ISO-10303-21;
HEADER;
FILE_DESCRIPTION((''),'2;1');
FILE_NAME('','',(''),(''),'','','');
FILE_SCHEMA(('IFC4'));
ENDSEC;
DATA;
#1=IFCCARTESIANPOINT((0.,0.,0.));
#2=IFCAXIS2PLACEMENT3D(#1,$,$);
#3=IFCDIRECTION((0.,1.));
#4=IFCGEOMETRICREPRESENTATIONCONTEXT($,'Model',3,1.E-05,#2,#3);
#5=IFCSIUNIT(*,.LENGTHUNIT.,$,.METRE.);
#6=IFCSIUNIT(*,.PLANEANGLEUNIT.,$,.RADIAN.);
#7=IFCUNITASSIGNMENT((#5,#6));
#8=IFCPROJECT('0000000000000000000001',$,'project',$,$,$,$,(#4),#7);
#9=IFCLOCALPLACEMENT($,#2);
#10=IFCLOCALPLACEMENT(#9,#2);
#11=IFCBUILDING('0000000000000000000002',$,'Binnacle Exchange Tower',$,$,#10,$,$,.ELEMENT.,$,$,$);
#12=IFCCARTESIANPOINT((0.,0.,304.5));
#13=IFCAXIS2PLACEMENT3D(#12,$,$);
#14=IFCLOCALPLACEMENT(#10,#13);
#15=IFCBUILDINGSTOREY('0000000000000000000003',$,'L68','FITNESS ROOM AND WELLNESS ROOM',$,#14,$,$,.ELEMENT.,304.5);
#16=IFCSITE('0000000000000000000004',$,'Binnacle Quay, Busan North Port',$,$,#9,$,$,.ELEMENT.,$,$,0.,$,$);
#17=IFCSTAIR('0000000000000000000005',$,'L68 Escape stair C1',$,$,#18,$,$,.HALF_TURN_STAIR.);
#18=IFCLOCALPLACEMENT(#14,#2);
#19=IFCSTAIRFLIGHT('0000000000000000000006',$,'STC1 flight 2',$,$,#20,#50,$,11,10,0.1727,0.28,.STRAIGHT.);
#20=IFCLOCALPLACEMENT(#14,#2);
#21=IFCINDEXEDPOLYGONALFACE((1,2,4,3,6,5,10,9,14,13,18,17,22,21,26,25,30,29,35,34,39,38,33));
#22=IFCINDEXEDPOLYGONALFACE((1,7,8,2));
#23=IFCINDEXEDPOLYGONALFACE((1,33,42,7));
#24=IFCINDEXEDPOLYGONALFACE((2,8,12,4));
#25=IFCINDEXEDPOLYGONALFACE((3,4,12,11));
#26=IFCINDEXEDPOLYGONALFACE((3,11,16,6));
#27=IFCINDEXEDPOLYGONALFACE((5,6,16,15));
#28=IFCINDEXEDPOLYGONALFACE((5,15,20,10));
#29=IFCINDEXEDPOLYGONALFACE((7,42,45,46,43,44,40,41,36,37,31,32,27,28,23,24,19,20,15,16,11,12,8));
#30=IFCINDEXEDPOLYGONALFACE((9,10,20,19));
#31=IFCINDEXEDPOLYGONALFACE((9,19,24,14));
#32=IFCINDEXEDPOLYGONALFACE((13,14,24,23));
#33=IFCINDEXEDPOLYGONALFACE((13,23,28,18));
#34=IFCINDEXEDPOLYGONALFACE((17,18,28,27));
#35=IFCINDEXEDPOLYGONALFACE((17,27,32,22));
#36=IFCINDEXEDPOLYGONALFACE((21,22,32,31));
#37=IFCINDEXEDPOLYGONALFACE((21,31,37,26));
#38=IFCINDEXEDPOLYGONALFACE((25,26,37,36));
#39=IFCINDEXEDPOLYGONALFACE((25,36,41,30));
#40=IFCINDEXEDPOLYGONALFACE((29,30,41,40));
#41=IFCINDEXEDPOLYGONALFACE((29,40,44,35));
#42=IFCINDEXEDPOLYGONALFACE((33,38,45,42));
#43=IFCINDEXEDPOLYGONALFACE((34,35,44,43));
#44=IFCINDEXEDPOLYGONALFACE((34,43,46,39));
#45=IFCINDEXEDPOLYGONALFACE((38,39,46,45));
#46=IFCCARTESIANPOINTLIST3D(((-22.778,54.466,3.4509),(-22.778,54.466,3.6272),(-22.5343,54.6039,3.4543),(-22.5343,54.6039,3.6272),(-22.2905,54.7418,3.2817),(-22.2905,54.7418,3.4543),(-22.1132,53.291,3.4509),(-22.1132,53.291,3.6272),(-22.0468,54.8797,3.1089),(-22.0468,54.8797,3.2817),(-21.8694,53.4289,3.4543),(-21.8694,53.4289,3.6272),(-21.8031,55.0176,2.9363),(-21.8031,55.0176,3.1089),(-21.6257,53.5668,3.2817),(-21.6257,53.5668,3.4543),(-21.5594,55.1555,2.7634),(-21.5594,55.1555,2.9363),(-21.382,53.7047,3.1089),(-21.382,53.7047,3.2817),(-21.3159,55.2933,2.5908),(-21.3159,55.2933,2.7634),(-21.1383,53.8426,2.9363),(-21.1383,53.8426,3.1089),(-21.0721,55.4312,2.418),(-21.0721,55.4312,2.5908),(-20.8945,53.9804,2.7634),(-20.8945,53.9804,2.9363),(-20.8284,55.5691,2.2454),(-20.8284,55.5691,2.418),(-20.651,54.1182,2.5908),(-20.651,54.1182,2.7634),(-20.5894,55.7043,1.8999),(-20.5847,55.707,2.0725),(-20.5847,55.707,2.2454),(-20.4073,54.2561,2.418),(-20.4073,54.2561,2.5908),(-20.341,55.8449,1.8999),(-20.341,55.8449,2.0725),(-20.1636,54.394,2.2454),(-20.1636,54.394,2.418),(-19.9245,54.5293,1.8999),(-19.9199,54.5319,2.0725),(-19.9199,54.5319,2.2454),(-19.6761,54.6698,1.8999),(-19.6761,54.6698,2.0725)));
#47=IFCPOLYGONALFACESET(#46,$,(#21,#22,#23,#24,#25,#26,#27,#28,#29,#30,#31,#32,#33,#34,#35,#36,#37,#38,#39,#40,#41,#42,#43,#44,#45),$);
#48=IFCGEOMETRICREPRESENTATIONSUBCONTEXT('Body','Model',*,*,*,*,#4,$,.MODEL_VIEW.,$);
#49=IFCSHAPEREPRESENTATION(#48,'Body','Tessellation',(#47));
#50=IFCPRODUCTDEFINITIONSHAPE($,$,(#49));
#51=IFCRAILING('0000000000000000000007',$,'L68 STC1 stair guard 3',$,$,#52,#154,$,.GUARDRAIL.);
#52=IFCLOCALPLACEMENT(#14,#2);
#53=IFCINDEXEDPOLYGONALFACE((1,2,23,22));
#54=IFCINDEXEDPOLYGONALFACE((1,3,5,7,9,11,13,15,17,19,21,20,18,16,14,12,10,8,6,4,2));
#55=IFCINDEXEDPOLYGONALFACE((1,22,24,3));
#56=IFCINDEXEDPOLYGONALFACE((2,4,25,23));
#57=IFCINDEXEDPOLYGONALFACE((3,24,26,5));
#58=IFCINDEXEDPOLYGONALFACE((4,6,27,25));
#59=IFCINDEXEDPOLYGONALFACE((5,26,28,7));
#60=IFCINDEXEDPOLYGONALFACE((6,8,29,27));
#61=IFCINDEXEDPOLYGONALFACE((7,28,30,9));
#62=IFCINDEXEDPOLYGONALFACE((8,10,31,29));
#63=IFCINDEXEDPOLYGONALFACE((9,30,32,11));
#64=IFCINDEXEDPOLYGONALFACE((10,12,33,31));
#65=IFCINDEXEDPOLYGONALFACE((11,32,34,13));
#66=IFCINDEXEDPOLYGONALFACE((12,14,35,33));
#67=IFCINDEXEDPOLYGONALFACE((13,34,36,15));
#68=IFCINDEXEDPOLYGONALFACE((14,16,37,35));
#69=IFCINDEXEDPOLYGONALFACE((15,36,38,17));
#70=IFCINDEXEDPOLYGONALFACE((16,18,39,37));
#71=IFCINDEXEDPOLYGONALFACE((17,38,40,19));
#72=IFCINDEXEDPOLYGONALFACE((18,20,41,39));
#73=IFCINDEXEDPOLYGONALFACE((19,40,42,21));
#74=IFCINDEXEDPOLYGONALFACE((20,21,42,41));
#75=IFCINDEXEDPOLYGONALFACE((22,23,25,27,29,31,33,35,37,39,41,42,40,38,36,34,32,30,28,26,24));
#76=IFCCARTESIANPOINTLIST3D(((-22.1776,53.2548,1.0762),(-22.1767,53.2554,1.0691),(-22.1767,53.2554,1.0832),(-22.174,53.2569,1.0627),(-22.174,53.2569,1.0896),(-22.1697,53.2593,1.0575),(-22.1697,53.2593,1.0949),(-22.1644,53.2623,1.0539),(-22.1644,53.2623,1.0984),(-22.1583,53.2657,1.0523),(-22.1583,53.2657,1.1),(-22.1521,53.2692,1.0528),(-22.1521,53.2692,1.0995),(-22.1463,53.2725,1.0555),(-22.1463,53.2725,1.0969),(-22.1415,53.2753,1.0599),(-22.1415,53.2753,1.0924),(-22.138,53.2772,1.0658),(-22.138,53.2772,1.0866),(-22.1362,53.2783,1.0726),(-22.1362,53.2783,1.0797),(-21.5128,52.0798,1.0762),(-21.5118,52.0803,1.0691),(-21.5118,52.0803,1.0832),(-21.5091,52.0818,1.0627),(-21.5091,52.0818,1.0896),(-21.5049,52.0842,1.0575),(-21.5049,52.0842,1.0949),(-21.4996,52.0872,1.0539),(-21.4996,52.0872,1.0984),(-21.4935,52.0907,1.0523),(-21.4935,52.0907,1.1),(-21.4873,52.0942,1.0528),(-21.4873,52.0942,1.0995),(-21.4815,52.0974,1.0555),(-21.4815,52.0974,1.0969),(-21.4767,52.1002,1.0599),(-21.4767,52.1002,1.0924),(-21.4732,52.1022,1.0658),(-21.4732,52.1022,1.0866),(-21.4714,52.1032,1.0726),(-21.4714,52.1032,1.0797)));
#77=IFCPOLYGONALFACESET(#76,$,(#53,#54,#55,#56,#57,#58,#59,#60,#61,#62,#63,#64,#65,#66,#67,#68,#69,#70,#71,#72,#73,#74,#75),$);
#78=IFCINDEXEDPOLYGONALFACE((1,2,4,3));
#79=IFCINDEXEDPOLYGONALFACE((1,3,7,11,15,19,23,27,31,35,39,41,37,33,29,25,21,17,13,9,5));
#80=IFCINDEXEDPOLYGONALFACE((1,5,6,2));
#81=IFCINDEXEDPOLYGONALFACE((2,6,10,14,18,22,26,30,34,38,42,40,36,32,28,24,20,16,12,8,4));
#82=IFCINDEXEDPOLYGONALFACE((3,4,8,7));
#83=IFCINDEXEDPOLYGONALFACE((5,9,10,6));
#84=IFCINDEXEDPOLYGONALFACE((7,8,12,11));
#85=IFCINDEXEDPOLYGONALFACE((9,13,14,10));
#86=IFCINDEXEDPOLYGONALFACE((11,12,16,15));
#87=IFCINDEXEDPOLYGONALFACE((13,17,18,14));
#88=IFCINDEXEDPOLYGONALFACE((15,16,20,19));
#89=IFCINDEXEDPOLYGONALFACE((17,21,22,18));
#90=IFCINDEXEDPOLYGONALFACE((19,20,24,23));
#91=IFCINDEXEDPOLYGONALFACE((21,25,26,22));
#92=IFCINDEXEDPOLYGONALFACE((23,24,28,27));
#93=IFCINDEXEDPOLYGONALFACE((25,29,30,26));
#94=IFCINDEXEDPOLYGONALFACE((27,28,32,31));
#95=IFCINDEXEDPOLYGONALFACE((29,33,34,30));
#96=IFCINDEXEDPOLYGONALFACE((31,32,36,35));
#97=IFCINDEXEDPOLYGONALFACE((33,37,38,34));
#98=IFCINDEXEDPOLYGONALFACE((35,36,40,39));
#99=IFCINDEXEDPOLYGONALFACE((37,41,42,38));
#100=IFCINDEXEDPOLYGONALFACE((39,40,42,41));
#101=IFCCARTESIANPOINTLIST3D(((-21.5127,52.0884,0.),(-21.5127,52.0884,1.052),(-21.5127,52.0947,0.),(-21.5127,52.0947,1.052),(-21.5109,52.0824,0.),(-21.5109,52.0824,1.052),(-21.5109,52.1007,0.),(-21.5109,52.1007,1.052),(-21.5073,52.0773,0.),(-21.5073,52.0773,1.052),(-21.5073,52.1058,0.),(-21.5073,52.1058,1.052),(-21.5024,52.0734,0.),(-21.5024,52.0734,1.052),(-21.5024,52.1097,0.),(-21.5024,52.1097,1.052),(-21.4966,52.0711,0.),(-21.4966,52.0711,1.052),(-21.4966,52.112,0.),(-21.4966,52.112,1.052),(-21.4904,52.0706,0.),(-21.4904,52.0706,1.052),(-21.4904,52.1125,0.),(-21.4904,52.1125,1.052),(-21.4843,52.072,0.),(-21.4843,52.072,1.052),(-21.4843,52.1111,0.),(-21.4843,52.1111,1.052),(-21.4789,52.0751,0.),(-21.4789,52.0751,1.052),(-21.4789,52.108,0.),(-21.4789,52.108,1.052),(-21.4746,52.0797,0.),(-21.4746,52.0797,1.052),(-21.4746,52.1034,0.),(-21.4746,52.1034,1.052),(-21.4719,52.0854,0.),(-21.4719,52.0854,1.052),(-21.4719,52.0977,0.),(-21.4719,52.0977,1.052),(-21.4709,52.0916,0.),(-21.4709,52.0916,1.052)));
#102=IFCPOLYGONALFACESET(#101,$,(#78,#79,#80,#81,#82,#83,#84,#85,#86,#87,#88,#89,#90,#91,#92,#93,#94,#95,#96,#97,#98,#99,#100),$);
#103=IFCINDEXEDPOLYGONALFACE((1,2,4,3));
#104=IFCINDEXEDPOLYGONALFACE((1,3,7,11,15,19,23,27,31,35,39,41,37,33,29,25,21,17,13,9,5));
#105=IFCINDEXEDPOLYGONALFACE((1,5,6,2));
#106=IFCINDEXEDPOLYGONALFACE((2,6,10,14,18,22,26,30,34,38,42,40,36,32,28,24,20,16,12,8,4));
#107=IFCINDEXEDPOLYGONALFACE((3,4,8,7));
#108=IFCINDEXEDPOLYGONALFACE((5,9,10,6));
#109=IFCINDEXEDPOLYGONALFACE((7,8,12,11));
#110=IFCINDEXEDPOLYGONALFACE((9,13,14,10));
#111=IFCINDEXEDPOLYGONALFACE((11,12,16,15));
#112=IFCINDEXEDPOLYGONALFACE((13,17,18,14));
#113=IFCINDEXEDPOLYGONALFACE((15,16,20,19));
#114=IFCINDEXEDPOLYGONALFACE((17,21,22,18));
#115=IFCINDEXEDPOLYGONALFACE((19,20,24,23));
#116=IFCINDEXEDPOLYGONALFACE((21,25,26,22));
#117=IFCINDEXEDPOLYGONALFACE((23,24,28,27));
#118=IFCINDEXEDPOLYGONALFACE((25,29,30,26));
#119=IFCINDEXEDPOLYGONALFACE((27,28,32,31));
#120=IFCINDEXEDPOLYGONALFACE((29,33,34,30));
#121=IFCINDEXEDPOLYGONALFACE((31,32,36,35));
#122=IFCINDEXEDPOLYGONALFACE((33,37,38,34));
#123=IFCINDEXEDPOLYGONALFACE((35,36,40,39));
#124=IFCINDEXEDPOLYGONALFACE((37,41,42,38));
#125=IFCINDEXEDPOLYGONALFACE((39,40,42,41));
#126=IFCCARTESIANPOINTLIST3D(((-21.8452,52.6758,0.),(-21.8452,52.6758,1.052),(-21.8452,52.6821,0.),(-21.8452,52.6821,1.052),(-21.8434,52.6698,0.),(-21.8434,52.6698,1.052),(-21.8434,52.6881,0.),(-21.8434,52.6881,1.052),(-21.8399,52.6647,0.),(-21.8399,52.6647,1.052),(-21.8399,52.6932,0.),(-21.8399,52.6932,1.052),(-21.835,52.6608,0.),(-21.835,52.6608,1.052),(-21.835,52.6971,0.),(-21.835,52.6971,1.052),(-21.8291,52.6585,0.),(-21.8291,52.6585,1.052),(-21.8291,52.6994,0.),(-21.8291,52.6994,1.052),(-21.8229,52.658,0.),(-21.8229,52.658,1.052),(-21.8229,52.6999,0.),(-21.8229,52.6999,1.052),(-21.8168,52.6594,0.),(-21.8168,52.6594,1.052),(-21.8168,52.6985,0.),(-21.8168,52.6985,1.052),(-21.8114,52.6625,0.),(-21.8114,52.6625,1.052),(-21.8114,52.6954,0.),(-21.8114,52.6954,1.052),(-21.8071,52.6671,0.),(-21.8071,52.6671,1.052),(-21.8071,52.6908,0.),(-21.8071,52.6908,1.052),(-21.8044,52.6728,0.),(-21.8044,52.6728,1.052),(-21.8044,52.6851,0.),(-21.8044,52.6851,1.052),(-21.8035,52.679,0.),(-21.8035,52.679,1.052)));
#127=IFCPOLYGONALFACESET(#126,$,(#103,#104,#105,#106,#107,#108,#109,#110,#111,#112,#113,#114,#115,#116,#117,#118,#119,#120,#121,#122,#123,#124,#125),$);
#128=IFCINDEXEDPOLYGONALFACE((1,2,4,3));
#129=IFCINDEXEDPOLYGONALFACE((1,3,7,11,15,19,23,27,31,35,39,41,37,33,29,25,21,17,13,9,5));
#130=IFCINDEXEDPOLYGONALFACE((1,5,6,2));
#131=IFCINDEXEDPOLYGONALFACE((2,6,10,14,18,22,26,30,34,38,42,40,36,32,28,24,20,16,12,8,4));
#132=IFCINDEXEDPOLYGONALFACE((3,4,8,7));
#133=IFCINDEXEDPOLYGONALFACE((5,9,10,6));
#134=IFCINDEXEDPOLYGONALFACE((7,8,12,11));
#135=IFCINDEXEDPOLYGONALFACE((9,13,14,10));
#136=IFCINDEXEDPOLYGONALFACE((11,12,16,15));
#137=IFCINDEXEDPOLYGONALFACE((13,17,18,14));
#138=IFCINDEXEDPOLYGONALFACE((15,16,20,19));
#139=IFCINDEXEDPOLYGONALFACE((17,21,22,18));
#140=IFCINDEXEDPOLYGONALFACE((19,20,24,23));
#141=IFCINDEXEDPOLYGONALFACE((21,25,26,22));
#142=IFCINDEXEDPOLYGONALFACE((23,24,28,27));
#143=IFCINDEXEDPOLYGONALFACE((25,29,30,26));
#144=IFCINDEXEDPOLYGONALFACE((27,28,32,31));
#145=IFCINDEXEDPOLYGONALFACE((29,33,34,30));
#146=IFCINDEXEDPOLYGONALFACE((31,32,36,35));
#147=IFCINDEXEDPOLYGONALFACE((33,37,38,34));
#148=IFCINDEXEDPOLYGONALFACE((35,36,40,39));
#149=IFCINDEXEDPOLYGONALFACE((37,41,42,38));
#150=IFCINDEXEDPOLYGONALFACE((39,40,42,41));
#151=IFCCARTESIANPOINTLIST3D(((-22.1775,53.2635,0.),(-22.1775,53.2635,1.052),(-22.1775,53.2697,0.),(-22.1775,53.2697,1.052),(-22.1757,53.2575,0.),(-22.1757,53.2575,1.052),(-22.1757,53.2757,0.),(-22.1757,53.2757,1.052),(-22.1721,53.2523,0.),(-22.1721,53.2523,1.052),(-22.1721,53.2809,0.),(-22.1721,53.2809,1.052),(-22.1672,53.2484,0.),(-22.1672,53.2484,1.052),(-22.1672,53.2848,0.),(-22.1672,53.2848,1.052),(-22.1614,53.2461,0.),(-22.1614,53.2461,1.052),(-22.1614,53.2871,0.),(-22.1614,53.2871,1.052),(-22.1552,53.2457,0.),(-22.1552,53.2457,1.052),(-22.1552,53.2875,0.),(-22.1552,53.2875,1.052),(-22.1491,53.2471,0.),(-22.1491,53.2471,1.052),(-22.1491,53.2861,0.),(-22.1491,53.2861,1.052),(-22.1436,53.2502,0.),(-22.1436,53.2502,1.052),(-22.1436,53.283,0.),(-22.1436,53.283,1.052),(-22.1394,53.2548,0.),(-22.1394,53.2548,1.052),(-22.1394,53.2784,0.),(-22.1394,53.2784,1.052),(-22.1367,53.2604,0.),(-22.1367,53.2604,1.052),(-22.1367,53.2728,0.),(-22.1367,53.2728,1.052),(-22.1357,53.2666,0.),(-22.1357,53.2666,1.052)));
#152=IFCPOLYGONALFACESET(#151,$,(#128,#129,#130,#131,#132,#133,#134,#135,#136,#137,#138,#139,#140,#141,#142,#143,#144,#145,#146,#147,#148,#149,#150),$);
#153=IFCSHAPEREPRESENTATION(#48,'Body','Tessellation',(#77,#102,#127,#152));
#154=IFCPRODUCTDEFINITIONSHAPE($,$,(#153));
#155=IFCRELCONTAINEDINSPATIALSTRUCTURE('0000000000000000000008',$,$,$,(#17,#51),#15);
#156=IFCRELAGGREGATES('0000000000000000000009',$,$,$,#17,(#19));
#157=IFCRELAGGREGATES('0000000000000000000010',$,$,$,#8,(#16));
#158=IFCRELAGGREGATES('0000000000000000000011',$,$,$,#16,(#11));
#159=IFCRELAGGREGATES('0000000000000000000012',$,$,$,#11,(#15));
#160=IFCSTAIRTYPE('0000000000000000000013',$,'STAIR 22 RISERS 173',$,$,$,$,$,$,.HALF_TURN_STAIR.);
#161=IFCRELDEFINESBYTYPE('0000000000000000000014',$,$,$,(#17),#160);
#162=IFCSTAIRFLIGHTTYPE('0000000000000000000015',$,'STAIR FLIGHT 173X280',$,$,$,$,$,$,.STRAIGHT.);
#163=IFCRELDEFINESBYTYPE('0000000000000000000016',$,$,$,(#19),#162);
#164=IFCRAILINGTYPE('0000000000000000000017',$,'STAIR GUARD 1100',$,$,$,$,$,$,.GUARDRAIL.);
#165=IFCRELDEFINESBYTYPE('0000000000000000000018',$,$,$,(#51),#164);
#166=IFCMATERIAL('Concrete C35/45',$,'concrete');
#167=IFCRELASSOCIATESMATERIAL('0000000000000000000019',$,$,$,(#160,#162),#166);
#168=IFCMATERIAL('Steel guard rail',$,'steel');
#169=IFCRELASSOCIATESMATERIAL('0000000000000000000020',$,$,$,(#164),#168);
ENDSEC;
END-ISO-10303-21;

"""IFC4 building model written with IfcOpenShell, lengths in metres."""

from ifc_helpers import new_model, si_unit, direction, frame, origin, origin_2d, place, context, subcontext, project, spatial, polyline, circle, outline, extrude, material, type_object, element, aggregate, save


model = new_model("IFC4")

# Units and contexts
model_context = context("Model", 3, precision=1e-05, world=origin(), true_north=direction((0.0, 1.0)))
body_context = subcontext(model_context, "Body", "Model", "MODEL_VIEW")
ifc_project = project(units=[si_unit("LENGTHUNIT", "METRE"), si_unit("PLANEANGLEUNIT", "RADIAN")], contexts=[model_context])

# Site, building, storey
site_placement = place(None, origin())
site = spatial("IfcSite", under=ifc_project, at=site_placement, Name="Binnacle Quay, Busan North Port", CompositionType="ELEMENT", RefElevation=0.0)
building_placement = place(site_placement, origin())
building = spatial("IfcBuilding", under=site, at=building_placement, Name="Binnacle Exchange Tower", CompositionType="ELEMENT")
storey_placement = place(building_placement, frame((0.0, 0.0, 304.5)))
storey = spatial("IfcBuildingStorey", under=building, at=storey_placement, Name="L68", Description="FITNESS ROOM AND WELLNESS ROOM", CompositionType="ELEMENT", Elevation=304.5)

# Stair, stair flight
ifc_material_1 = material(Name="Concrete C35/45", Category="concrete")
stair_type = type_object("IfcStairType", Name="STAIR 22 RISERS 173", PredefinedType="HALF_TURN_STAIR", material=ifc_material_1)
stair_placement = place(storey_placement, origin())
stair = element("IfcStair", 1, at=stair_placement, inside=storey, type_object=stair_type, Name="L68 Escape stair C1", PredefinedType="HALF_TURN_STAIR")
stair_flight_type = type_object("IfcStairFlightType", Name="STAIR FLIGHT 173X280", PredefinedType="STRAIGHT", material=ifc_material_1)
stair_flight_1_placement = place(storey_placement, frame((-20.0085, 55.2573, 1.8999), z_axis=(0.0, 0.0, 1.0), x_axis=(-0.870356, -0.492424, 0.0)))
stair_flight_1 = element("IfcStairFlight", 2, at=stair_flight_1_placement, type_object=stair_flight_type, Name="STC1 flight 2", NumberOfRisers=11, NumberOfTreads=10, PredefinedType="STRAIGHT", RiserHeight=0.1727, TreadLength=0.28, context=body_context, shape_type="SweptSolid", body=[
    extrude(outline(polyline([(0.0, 0.0), (0.0, 0.1726), (0.28, 0.1726), (0.28, 0.3455), (0.5601, 0.3455), (0.5601, 0.5181), (0.8401, 0.5181), (0.8401, 0.6909), (1.1201, 0.6909), (1.1201, 0.8635), (1.3999, 0.8635), (1.3999, 1.0364), (1.6799, 1.0364), (1.6799, 1.209), (1.96, 1.209), (1.96, 1.3818), (2.24, 1.3818), (2.24, 1.5544), (2.52, 1.5544), (2.52, 1.7273), (2.8, 1.7273), (2.8, 1.8999), (2.8, 1.551), (0.2854, 0.0), (0.0, 0.0)])), frame((0.0, 0.675, 0.0), z_axis=(0.0, -1.0, 0.0), x_axis=(1.0, 0.0, 0.0)), (0.0, 0.0, 1.0), 1.3501),
])
aggregate(stair, [stair_flight_1])

# Railing
ifc_material_2 = material(Name="Steel guard rail", Category="steel")
railing_type_1 = type_object("IfcRailingType", Name="STAIR GUARD 1100", PredefinedType="GUARDRAIL", material=ifc_material_2)
railing_1_placement = place(storey_placement, frame((-21.4919, 52.0916, 0.0)))
element("IfcRailing", 3, at=railing_1_placement, inside=storey, type_object=railing_type_1, Name="L68 STC1 stair guard 3", PredefinedType="GUARDRAIL", context=body_context, shape_type="SweptSolid", body=[
    extrude(circle(Radius=0.0239, at=origin_2d()), frame((0.0, 0.0, 1.0762), z_axis=(-0.492415, 0.870361, 0.0), x_axis=(-0.870361, -0.492415, 0.0)), (0.0, 0.0, 1.0), 1.3501),
    extrude(circle(Radius=0.021, at=origin_2d()), origin(), (0.0, 0.0, 1.0), 1.052),
    extrude(circle(Radius=0.021, at=origin_2d()), frame((-0.3325, 0.5874, 0.0)), (0.0, 0.0, 1.0), 1.052),
    extrude(circle(Radius=0.021, at=origin_2d()), frame((-0.6648, 1.175, 0.0)), (0.0, 0.0, 1.0), 1.052),
])

save(model, "model.ifc")
